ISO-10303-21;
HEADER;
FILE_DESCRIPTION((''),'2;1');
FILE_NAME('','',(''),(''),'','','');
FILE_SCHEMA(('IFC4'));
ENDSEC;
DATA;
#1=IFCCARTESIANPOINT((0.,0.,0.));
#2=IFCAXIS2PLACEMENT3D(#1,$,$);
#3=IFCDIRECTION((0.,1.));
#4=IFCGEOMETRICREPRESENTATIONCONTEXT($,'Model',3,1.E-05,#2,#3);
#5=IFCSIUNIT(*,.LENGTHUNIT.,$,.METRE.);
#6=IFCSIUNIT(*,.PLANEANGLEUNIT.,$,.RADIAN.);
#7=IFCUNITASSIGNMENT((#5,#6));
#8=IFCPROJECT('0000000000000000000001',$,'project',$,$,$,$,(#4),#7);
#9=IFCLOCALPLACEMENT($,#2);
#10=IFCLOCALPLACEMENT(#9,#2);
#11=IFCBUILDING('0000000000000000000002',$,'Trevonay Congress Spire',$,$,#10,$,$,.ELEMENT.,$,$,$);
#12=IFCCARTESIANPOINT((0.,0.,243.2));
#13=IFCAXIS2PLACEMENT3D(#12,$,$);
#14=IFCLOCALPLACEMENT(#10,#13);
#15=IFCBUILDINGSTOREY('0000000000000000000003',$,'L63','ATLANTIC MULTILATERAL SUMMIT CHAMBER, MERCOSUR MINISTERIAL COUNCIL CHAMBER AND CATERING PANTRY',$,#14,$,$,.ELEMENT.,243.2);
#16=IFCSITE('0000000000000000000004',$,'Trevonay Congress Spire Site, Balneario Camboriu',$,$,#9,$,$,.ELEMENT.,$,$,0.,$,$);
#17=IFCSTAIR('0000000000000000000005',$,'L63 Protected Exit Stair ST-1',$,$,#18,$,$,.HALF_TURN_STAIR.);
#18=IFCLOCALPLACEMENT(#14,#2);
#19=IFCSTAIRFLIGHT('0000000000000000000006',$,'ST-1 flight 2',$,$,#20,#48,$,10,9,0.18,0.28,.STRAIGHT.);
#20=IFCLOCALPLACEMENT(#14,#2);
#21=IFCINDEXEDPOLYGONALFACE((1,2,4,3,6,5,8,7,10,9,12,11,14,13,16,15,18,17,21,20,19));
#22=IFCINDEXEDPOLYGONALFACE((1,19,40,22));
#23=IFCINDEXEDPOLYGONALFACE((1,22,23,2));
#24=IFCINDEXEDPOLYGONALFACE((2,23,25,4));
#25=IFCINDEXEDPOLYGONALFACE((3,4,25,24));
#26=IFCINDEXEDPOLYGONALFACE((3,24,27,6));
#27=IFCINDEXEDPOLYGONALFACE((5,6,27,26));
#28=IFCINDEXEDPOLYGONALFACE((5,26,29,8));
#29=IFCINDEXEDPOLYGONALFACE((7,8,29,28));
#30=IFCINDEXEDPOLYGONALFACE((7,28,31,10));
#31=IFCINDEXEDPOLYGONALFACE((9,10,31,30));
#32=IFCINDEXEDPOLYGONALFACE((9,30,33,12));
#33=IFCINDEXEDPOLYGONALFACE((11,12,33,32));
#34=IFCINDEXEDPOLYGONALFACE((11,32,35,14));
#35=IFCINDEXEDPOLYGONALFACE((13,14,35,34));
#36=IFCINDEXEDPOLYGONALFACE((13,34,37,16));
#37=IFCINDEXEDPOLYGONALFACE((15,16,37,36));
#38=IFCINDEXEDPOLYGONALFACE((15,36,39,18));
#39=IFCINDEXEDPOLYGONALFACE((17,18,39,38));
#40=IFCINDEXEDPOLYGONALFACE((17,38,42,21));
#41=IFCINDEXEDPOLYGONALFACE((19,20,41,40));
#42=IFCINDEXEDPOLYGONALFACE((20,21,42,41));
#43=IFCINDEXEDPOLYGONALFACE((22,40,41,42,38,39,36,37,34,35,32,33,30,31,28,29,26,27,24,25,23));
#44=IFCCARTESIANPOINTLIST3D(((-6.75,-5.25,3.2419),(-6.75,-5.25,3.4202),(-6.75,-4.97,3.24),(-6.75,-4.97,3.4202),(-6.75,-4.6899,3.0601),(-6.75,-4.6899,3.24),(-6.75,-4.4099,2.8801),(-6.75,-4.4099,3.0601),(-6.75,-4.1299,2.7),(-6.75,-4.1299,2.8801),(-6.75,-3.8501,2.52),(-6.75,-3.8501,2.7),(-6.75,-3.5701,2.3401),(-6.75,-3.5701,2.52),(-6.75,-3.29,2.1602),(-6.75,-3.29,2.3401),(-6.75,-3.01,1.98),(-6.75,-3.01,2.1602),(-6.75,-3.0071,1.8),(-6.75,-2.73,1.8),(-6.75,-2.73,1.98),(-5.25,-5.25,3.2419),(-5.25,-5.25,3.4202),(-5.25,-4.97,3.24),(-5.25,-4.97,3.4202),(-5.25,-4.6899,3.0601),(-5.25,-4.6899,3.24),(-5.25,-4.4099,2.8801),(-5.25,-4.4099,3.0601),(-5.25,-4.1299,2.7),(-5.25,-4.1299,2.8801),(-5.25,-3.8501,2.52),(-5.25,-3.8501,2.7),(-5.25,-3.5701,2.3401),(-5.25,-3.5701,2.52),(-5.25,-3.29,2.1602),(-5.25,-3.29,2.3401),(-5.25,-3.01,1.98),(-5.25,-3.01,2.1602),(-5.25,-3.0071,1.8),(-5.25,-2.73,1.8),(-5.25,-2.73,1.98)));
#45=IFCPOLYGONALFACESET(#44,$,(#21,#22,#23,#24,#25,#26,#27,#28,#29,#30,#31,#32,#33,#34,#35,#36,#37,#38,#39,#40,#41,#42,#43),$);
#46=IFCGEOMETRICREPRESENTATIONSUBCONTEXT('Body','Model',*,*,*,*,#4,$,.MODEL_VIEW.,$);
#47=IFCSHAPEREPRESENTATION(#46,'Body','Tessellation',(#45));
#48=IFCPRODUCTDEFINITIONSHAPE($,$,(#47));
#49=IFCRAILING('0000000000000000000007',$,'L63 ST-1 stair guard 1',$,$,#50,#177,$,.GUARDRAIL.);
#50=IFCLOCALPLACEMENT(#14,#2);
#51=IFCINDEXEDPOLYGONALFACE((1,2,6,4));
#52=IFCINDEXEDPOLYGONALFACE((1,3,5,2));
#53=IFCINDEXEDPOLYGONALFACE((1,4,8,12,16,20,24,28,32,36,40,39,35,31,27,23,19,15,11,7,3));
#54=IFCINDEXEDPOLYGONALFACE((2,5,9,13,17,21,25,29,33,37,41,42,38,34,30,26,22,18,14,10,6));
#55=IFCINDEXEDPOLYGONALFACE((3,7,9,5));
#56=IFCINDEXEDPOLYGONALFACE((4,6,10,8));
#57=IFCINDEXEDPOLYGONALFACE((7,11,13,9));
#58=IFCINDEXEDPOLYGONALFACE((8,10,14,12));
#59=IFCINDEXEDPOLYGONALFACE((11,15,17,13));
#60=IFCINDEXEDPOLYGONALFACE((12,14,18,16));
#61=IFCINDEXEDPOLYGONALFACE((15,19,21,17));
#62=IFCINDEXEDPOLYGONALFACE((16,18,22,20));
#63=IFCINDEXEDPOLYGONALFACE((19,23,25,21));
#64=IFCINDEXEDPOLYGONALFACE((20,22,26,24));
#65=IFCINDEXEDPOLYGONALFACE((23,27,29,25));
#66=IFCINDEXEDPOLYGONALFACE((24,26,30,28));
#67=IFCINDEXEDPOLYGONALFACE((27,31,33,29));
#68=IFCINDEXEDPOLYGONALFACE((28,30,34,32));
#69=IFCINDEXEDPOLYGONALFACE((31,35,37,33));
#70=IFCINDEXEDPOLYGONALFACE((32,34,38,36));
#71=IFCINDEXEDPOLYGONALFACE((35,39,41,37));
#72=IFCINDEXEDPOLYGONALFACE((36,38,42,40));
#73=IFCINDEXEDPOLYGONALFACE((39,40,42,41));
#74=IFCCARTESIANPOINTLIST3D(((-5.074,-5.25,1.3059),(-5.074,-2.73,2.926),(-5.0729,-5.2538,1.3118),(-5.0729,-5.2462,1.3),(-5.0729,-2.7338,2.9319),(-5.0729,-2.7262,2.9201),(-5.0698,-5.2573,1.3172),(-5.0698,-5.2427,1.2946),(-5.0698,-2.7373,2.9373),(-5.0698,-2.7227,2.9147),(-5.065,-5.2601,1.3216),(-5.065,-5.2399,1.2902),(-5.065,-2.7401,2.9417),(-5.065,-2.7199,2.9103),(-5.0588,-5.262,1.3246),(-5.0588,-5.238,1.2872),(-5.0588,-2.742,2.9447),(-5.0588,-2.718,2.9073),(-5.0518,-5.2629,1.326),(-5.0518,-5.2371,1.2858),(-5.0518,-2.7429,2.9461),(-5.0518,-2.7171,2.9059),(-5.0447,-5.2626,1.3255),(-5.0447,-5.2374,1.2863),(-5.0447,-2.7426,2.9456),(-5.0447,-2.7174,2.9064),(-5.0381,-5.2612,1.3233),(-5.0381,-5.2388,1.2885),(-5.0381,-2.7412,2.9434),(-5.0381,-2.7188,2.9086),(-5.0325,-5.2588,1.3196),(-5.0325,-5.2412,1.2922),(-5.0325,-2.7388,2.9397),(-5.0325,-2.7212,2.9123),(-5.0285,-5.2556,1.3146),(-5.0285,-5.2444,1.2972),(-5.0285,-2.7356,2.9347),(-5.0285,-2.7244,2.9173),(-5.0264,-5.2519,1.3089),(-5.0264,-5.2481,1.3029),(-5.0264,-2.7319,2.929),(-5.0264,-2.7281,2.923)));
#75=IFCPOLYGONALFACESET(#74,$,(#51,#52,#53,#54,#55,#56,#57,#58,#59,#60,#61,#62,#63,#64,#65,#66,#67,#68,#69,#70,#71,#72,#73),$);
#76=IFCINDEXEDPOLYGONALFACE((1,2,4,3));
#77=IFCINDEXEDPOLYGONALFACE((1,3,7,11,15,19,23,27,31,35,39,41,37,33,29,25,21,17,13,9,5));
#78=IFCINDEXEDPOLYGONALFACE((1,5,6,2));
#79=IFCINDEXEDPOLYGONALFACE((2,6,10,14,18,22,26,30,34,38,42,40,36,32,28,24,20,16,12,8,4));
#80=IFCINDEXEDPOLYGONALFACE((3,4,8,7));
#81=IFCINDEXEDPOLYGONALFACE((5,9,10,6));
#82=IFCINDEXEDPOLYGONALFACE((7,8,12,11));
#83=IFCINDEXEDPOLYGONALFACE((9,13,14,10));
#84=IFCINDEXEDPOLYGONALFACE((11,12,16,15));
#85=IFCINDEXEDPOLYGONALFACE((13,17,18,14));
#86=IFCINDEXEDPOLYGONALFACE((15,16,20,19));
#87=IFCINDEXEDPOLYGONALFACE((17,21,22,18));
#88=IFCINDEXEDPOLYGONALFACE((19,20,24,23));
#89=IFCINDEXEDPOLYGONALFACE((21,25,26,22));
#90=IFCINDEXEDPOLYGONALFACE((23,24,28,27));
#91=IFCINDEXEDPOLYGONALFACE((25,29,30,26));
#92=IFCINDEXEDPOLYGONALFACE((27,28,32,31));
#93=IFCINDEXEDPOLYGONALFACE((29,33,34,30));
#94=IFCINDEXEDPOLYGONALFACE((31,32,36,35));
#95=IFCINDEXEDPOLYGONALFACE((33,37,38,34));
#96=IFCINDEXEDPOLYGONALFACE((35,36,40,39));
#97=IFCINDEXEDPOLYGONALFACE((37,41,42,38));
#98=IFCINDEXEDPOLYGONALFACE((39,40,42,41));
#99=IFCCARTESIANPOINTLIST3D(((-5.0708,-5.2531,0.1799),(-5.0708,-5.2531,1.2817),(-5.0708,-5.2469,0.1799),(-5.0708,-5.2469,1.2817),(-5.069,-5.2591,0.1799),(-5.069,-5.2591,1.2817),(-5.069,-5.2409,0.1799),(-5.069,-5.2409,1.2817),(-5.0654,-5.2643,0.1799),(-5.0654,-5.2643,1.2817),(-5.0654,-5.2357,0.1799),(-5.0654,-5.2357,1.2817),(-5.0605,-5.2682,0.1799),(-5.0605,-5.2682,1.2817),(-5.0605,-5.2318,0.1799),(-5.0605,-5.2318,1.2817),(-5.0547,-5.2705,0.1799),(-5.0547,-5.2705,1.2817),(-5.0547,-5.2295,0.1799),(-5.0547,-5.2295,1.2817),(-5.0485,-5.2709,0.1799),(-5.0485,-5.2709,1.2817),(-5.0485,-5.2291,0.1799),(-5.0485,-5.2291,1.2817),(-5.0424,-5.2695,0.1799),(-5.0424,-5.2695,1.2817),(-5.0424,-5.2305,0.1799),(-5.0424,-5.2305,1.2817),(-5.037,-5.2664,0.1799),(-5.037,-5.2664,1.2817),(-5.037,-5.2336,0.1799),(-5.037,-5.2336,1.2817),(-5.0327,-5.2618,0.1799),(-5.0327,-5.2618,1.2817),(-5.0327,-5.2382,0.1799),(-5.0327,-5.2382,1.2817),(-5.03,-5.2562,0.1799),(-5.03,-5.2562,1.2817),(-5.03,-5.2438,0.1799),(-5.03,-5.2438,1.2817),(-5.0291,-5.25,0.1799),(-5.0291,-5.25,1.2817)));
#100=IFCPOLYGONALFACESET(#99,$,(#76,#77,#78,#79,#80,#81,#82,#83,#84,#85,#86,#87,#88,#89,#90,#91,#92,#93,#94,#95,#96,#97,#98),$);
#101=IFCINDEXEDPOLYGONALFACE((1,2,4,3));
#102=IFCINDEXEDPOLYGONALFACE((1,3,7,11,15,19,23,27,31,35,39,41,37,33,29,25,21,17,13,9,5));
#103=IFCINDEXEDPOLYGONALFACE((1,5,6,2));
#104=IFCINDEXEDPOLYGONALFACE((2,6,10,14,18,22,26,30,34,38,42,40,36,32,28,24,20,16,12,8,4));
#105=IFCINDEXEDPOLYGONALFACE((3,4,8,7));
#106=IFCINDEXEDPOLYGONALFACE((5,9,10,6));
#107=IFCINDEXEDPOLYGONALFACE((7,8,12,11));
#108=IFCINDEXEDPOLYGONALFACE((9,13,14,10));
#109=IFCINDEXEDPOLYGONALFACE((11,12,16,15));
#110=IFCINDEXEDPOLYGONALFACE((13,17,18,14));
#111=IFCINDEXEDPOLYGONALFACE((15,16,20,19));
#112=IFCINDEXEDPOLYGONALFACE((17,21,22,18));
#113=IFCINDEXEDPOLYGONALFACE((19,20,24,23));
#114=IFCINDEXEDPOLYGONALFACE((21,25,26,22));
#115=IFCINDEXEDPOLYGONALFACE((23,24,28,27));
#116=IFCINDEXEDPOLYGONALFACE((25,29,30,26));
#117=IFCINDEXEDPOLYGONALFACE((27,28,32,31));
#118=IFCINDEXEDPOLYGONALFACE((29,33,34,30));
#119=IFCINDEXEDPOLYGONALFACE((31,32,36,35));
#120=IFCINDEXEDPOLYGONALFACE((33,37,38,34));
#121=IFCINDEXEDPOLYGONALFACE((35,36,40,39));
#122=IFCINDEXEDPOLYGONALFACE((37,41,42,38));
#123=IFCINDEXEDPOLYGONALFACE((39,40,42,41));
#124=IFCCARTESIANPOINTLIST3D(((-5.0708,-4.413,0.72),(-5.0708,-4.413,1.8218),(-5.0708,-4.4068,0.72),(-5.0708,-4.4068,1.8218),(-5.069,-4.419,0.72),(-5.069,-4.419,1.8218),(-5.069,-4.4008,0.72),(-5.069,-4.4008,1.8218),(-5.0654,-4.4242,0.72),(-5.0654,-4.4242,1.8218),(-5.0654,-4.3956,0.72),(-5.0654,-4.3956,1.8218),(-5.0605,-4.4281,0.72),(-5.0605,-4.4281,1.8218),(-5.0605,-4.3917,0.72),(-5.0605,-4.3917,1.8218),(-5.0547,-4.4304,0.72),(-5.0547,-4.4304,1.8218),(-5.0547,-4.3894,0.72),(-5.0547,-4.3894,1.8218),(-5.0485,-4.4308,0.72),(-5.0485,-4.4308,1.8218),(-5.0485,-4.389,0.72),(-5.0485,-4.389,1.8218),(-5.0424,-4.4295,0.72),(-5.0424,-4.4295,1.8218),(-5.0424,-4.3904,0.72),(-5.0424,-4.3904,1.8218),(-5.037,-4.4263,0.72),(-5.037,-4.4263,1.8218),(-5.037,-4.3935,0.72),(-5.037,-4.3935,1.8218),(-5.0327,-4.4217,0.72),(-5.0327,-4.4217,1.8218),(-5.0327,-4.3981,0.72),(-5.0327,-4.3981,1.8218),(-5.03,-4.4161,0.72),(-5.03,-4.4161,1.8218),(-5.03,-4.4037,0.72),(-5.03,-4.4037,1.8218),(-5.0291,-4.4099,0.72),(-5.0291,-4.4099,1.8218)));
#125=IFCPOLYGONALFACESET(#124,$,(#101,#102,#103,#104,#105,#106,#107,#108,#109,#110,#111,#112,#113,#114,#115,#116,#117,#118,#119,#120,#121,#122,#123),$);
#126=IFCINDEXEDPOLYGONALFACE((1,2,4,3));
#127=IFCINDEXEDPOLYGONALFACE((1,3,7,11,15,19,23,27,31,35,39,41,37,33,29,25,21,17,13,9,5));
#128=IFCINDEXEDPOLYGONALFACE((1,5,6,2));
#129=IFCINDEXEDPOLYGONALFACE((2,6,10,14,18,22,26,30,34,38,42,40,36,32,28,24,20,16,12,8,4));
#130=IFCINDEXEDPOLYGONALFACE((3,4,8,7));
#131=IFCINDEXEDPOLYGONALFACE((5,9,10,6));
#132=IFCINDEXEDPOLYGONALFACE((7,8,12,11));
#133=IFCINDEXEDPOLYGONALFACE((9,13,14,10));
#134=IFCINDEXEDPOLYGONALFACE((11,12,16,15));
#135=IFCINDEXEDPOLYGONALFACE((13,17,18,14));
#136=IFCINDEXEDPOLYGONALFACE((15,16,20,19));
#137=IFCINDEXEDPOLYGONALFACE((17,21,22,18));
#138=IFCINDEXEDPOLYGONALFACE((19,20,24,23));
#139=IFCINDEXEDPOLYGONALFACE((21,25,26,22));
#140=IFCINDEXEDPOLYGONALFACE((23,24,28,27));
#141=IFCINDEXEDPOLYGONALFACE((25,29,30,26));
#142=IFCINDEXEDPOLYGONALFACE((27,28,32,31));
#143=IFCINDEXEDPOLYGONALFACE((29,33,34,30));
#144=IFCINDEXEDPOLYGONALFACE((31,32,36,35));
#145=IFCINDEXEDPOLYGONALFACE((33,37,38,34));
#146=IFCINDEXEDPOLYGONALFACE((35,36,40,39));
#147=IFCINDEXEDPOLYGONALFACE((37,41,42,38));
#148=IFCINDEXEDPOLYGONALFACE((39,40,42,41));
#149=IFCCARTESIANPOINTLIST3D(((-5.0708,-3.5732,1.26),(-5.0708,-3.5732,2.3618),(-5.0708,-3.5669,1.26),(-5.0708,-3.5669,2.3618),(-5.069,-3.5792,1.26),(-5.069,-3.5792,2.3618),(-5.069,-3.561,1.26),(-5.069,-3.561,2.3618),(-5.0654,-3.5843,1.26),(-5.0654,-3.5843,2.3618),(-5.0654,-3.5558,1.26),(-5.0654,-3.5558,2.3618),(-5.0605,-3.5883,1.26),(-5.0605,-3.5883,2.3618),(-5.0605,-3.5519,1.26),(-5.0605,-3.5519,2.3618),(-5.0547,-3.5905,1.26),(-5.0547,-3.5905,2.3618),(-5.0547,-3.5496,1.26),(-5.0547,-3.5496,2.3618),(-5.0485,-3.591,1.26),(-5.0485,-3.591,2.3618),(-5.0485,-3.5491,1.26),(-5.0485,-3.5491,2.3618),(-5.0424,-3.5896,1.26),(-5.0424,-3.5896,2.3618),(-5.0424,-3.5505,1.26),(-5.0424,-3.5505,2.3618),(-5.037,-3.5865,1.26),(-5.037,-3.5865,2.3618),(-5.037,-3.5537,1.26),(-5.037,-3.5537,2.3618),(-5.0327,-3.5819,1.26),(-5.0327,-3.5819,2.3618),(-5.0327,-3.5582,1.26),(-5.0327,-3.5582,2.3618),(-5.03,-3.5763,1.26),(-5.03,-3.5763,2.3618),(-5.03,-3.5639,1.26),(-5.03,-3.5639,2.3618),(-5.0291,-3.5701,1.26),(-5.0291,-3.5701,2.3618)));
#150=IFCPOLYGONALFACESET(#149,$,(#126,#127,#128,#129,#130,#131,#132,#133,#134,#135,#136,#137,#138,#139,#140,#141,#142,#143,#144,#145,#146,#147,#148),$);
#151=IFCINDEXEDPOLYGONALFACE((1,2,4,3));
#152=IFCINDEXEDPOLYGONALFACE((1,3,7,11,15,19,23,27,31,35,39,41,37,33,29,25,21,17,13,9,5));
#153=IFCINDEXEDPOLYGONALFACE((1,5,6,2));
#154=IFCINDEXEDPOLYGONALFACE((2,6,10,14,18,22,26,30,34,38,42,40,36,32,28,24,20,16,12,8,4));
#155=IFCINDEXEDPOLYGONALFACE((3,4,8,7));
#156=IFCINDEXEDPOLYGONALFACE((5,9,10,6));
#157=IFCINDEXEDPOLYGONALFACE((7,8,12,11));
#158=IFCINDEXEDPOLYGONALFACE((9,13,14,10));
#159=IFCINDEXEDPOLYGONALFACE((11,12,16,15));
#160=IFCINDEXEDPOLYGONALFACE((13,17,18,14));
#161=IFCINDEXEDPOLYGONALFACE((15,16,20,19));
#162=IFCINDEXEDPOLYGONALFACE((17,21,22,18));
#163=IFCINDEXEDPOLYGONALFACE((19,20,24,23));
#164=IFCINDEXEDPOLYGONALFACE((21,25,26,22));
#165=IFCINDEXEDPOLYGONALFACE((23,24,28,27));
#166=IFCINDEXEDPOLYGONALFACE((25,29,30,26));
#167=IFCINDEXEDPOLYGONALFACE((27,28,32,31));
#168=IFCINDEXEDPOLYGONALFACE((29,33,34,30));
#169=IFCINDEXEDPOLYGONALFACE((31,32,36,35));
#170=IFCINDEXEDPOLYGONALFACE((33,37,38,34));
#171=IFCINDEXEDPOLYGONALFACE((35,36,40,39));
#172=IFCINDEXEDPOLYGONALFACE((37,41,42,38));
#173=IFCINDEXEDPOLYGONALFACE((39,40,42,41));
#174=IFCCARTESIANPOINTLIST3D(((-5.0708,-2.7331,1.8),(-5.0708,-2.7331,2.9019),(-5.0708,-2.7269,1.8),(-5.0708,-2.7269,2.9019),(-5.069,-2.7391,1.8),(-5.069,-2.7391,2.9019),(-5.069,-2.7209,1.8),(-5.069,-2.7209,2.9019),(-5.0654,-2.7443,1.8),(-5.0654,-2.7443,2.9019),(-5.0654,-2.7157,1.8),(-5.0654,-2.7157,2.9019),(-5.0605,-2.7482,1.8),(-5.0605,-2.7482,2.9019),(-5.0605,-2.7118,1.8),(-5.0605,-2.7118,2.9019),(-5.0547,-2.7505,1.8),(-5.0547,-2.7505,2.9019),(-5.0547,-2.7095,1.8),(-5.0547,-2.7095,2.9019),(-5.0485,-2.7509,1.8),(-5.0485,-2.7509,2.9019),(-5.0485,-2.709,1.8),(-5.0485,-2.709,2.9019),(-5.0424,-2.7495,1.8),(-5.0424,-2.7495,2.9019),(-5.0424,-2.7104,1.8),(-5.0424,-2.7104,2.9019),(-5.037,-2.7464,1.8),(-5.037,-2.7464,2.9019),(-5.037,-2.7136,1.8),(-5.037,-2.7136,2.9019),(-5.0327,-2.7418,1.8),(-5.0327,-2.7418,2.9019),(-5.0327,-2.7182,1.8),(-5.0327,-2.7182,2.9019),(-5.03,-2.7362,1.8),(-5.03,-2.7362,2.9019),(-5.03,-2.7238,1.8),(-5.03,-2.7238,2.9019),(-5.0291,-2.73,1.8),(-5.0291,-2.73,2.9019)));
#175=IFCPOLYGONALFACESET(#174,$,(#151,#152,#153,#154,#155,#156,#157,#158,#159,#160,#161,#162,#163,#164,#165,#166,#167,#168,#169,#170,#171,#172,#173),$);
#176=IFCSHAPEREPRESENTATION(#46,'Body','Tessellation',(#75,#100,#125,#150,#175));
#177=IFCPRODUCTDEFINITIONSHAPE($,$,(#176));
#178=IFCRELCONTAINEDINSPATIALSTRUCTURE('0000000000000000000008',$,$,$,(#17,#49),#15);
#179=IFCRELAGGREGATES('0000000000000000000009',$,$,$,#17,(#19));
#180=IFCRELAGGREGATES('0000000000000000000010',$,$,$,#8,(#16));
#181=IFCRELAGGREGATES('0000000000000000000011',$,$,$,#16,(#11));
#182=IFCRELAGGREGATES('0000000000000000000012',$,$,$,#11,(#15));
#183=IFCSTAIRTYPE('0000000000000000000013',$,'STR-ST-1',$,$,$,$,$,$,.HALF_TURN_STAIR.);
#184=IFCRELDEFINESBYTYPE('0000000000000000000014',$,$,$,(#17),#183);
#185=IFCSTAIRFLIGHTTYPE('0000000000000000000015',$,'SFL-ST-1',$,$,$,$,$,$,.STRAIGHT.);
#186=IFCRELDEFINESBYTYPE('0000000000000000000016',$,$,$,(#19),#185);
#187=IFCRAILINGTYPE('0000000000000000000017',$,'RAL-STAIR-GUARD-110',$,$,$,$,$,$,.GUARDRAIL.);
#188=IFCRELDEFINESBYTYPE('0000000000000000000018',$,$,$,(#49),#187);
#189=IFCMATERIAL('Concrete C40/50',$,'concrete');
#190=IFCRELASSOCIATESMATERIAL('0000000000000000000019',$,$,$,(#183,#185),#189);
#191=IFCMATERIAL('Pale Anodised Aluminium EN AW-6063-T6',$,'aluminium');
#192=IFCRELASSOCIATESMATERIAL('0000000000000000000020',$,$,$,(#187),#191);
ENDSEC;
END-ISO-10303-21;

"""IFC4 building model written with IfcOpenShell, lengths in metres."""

from ifc_helpers import new_model, si_unit, direction, frame, origin, origin_2d, place, context, subcontext, project, spatial, polyline, circle, outline, extrude, material, type_object, element, aggregate, save


model = new_model("IFC4")

# Units and contexts
model_context = context("Model", 3, precision=1e-05, world=origin(), true_north=direction((0.0, 1.0)))
body_context = subcontext(model_context, "Body", "Model", "MODEL_VIEW")
ifc_project = project(units=[si_unit("LENGTHUNIT", "METRE"), si_unit("PLANEANGLEUNIT", "RADIAN")], contexts=[model_context])

# Site, building, storey
site_placement = place(None, origin())
site = spatial("IfcSite", under=ifc_project, at=site_placement, Name="Trevonay Congress Spire Site, Balneario Camboriu", CompositionType="ELEMENT", RefElevation=0.0)
building_placement = place(site_placement, origin())
building = spatial("IfcBuilding", under=site, at=building_placement, Name="Trevonay Congress Spire", CompositionType="ELEMENT")
storey_placement = place(building_placement, frame((0.0, 0.0, 243.2)))
storey = spatial("IfcBuildingStorey", under=building, at=storey_placement, Name="L63", Description="ATLANTIC MULTILATERAL SUMMIT CHAMBER, MERCOSUR MINISTERIAL COUNCIL CHAMBER AND CATERING PANTRY", CompositionType="ELEMENT", Elevation=243.2)

# Shared definitions
ifc_material_1 = material(Name="Concrete C40/50", Category="concrete")

# Stair, stair flight
stair_type = type_object("IfcStairType", Name="STR-ST-1", PredefinedType="HALF_TURN_STAIR", material=ifc_material_1)
stair_placement = place(storey_placement, origin())
stair = element("IfcStair", 1, at=stair_placement, inside=storey, type_object=stair_type, Name="L63 Protected Exit Stair ST-1", PredefinedType="HALF_TURN_STAIR")
stair_flight_type = type_object("IfcStairFlightType", Name="SFL-ST-1", PredefinedType="STRAIGHT", material=ifc_material_1)
stair_flight_1_placement = place(storey_placement, frame((-6.0, -2.73, 1.8), z_axis=(0.0, 0.0, 1.0), x_axis=(0.0, -1.0, 0.0)))
stair_flight_1 = element("IfcStairFlight", 2, at=stair_flight_1_placement, type_object=stair_flight_type, Name="ST-1 flight 2", NumberOfRisers=10, NumberOfTreads=9, PredefinedType="STRAIGHT", RiserHeight=0.18, TreadLength=0.28, context=body_context, shape_type="SweptSolid", body=[
    extrude(outline(polyline([(0.0, 0.0), (0.0, 0.1799), (0.28, 0.1799), (0.28, 0.3601), (0.5601, 0.3601), (0.5601, 0.54), (0.8401, 0.54), (0.8401, 0.72), (1.1201, 0.72), (1.1201, 0.8999), (1.3999, 0.8999), (1.3999, 1.0801), (1.6799, 1.0801), (1.6799, 1.26), (1.96, 1.26), (1.96, 1.4399), (2.24, 1.4399), (2.24, 1.6201), (2.52, 1.6201), (2.52, 1.8), (2.52, 1.4419), (0.2771, 0.0), (0.0, 0.0)])), frame((0.0, 0.75, 0.0), z_axis=(0.0, -1.0, 0.0), x_axis=(1.0, 0.0, 0.0)), (0.0, 0.0, 1.0), 1.5),
])
aggregate(stair, [stair_flight_1])

# Railing
ifc_material_2 = material(Name="Pale Anodised Aluminium EN AW-6063-T6", Category="aluminium")
railing_type_1 = type_object("IfcRailingType", Name="RAL-STAIR-GUARD-110", PredefinedType="GUARDRAIL", material=ifc_material_2)
railing_1_placement = place(storey_placement, frame((-5.05, -5.25, 0.1799)))
element("IfcRailing", 3, at=railing_1_placement, inside=storey, type_object=railing_type_1, Name="L63 ST-1 stair guard 1", PredefinedType="GUARDRAIL", context=body_context, shape_type="SweptSolid", body=[
    extrude(circle(Radius=0.0239, at=origin_2d()), frame((0.0, 0.0, 1.126), z_axis=(0.0, 0.841163, 0.540782), x_axis=(-1.0, 0.0, 0.0)), (0.0, 0.0, 1.0), 2.9958),
    extrude(circle(Radius=0.021, at=origin_2d()), origin(), (0.0, 0.0, 1.0), 1.1018),
    extrude(circle(Radius=0.021, at=origin_2d()), frame((0.0, 0.8401, 0.54)), (0.0, 0.0, 1.0), 1.1018),
    extrude(circle(Radius=0.021, at=origin_2d()), frame((0.0, 1.6799, 1.0801)), (0.0, 0.0, 1.0), 1.1018),
    extrude(circle(Radius=0.021, at=origin_2d()), frame((0.0, 2.52, 1.6201)), (0.0, 0.0, 1.0), 1.1018),
])

save(model, "model.ifc")
